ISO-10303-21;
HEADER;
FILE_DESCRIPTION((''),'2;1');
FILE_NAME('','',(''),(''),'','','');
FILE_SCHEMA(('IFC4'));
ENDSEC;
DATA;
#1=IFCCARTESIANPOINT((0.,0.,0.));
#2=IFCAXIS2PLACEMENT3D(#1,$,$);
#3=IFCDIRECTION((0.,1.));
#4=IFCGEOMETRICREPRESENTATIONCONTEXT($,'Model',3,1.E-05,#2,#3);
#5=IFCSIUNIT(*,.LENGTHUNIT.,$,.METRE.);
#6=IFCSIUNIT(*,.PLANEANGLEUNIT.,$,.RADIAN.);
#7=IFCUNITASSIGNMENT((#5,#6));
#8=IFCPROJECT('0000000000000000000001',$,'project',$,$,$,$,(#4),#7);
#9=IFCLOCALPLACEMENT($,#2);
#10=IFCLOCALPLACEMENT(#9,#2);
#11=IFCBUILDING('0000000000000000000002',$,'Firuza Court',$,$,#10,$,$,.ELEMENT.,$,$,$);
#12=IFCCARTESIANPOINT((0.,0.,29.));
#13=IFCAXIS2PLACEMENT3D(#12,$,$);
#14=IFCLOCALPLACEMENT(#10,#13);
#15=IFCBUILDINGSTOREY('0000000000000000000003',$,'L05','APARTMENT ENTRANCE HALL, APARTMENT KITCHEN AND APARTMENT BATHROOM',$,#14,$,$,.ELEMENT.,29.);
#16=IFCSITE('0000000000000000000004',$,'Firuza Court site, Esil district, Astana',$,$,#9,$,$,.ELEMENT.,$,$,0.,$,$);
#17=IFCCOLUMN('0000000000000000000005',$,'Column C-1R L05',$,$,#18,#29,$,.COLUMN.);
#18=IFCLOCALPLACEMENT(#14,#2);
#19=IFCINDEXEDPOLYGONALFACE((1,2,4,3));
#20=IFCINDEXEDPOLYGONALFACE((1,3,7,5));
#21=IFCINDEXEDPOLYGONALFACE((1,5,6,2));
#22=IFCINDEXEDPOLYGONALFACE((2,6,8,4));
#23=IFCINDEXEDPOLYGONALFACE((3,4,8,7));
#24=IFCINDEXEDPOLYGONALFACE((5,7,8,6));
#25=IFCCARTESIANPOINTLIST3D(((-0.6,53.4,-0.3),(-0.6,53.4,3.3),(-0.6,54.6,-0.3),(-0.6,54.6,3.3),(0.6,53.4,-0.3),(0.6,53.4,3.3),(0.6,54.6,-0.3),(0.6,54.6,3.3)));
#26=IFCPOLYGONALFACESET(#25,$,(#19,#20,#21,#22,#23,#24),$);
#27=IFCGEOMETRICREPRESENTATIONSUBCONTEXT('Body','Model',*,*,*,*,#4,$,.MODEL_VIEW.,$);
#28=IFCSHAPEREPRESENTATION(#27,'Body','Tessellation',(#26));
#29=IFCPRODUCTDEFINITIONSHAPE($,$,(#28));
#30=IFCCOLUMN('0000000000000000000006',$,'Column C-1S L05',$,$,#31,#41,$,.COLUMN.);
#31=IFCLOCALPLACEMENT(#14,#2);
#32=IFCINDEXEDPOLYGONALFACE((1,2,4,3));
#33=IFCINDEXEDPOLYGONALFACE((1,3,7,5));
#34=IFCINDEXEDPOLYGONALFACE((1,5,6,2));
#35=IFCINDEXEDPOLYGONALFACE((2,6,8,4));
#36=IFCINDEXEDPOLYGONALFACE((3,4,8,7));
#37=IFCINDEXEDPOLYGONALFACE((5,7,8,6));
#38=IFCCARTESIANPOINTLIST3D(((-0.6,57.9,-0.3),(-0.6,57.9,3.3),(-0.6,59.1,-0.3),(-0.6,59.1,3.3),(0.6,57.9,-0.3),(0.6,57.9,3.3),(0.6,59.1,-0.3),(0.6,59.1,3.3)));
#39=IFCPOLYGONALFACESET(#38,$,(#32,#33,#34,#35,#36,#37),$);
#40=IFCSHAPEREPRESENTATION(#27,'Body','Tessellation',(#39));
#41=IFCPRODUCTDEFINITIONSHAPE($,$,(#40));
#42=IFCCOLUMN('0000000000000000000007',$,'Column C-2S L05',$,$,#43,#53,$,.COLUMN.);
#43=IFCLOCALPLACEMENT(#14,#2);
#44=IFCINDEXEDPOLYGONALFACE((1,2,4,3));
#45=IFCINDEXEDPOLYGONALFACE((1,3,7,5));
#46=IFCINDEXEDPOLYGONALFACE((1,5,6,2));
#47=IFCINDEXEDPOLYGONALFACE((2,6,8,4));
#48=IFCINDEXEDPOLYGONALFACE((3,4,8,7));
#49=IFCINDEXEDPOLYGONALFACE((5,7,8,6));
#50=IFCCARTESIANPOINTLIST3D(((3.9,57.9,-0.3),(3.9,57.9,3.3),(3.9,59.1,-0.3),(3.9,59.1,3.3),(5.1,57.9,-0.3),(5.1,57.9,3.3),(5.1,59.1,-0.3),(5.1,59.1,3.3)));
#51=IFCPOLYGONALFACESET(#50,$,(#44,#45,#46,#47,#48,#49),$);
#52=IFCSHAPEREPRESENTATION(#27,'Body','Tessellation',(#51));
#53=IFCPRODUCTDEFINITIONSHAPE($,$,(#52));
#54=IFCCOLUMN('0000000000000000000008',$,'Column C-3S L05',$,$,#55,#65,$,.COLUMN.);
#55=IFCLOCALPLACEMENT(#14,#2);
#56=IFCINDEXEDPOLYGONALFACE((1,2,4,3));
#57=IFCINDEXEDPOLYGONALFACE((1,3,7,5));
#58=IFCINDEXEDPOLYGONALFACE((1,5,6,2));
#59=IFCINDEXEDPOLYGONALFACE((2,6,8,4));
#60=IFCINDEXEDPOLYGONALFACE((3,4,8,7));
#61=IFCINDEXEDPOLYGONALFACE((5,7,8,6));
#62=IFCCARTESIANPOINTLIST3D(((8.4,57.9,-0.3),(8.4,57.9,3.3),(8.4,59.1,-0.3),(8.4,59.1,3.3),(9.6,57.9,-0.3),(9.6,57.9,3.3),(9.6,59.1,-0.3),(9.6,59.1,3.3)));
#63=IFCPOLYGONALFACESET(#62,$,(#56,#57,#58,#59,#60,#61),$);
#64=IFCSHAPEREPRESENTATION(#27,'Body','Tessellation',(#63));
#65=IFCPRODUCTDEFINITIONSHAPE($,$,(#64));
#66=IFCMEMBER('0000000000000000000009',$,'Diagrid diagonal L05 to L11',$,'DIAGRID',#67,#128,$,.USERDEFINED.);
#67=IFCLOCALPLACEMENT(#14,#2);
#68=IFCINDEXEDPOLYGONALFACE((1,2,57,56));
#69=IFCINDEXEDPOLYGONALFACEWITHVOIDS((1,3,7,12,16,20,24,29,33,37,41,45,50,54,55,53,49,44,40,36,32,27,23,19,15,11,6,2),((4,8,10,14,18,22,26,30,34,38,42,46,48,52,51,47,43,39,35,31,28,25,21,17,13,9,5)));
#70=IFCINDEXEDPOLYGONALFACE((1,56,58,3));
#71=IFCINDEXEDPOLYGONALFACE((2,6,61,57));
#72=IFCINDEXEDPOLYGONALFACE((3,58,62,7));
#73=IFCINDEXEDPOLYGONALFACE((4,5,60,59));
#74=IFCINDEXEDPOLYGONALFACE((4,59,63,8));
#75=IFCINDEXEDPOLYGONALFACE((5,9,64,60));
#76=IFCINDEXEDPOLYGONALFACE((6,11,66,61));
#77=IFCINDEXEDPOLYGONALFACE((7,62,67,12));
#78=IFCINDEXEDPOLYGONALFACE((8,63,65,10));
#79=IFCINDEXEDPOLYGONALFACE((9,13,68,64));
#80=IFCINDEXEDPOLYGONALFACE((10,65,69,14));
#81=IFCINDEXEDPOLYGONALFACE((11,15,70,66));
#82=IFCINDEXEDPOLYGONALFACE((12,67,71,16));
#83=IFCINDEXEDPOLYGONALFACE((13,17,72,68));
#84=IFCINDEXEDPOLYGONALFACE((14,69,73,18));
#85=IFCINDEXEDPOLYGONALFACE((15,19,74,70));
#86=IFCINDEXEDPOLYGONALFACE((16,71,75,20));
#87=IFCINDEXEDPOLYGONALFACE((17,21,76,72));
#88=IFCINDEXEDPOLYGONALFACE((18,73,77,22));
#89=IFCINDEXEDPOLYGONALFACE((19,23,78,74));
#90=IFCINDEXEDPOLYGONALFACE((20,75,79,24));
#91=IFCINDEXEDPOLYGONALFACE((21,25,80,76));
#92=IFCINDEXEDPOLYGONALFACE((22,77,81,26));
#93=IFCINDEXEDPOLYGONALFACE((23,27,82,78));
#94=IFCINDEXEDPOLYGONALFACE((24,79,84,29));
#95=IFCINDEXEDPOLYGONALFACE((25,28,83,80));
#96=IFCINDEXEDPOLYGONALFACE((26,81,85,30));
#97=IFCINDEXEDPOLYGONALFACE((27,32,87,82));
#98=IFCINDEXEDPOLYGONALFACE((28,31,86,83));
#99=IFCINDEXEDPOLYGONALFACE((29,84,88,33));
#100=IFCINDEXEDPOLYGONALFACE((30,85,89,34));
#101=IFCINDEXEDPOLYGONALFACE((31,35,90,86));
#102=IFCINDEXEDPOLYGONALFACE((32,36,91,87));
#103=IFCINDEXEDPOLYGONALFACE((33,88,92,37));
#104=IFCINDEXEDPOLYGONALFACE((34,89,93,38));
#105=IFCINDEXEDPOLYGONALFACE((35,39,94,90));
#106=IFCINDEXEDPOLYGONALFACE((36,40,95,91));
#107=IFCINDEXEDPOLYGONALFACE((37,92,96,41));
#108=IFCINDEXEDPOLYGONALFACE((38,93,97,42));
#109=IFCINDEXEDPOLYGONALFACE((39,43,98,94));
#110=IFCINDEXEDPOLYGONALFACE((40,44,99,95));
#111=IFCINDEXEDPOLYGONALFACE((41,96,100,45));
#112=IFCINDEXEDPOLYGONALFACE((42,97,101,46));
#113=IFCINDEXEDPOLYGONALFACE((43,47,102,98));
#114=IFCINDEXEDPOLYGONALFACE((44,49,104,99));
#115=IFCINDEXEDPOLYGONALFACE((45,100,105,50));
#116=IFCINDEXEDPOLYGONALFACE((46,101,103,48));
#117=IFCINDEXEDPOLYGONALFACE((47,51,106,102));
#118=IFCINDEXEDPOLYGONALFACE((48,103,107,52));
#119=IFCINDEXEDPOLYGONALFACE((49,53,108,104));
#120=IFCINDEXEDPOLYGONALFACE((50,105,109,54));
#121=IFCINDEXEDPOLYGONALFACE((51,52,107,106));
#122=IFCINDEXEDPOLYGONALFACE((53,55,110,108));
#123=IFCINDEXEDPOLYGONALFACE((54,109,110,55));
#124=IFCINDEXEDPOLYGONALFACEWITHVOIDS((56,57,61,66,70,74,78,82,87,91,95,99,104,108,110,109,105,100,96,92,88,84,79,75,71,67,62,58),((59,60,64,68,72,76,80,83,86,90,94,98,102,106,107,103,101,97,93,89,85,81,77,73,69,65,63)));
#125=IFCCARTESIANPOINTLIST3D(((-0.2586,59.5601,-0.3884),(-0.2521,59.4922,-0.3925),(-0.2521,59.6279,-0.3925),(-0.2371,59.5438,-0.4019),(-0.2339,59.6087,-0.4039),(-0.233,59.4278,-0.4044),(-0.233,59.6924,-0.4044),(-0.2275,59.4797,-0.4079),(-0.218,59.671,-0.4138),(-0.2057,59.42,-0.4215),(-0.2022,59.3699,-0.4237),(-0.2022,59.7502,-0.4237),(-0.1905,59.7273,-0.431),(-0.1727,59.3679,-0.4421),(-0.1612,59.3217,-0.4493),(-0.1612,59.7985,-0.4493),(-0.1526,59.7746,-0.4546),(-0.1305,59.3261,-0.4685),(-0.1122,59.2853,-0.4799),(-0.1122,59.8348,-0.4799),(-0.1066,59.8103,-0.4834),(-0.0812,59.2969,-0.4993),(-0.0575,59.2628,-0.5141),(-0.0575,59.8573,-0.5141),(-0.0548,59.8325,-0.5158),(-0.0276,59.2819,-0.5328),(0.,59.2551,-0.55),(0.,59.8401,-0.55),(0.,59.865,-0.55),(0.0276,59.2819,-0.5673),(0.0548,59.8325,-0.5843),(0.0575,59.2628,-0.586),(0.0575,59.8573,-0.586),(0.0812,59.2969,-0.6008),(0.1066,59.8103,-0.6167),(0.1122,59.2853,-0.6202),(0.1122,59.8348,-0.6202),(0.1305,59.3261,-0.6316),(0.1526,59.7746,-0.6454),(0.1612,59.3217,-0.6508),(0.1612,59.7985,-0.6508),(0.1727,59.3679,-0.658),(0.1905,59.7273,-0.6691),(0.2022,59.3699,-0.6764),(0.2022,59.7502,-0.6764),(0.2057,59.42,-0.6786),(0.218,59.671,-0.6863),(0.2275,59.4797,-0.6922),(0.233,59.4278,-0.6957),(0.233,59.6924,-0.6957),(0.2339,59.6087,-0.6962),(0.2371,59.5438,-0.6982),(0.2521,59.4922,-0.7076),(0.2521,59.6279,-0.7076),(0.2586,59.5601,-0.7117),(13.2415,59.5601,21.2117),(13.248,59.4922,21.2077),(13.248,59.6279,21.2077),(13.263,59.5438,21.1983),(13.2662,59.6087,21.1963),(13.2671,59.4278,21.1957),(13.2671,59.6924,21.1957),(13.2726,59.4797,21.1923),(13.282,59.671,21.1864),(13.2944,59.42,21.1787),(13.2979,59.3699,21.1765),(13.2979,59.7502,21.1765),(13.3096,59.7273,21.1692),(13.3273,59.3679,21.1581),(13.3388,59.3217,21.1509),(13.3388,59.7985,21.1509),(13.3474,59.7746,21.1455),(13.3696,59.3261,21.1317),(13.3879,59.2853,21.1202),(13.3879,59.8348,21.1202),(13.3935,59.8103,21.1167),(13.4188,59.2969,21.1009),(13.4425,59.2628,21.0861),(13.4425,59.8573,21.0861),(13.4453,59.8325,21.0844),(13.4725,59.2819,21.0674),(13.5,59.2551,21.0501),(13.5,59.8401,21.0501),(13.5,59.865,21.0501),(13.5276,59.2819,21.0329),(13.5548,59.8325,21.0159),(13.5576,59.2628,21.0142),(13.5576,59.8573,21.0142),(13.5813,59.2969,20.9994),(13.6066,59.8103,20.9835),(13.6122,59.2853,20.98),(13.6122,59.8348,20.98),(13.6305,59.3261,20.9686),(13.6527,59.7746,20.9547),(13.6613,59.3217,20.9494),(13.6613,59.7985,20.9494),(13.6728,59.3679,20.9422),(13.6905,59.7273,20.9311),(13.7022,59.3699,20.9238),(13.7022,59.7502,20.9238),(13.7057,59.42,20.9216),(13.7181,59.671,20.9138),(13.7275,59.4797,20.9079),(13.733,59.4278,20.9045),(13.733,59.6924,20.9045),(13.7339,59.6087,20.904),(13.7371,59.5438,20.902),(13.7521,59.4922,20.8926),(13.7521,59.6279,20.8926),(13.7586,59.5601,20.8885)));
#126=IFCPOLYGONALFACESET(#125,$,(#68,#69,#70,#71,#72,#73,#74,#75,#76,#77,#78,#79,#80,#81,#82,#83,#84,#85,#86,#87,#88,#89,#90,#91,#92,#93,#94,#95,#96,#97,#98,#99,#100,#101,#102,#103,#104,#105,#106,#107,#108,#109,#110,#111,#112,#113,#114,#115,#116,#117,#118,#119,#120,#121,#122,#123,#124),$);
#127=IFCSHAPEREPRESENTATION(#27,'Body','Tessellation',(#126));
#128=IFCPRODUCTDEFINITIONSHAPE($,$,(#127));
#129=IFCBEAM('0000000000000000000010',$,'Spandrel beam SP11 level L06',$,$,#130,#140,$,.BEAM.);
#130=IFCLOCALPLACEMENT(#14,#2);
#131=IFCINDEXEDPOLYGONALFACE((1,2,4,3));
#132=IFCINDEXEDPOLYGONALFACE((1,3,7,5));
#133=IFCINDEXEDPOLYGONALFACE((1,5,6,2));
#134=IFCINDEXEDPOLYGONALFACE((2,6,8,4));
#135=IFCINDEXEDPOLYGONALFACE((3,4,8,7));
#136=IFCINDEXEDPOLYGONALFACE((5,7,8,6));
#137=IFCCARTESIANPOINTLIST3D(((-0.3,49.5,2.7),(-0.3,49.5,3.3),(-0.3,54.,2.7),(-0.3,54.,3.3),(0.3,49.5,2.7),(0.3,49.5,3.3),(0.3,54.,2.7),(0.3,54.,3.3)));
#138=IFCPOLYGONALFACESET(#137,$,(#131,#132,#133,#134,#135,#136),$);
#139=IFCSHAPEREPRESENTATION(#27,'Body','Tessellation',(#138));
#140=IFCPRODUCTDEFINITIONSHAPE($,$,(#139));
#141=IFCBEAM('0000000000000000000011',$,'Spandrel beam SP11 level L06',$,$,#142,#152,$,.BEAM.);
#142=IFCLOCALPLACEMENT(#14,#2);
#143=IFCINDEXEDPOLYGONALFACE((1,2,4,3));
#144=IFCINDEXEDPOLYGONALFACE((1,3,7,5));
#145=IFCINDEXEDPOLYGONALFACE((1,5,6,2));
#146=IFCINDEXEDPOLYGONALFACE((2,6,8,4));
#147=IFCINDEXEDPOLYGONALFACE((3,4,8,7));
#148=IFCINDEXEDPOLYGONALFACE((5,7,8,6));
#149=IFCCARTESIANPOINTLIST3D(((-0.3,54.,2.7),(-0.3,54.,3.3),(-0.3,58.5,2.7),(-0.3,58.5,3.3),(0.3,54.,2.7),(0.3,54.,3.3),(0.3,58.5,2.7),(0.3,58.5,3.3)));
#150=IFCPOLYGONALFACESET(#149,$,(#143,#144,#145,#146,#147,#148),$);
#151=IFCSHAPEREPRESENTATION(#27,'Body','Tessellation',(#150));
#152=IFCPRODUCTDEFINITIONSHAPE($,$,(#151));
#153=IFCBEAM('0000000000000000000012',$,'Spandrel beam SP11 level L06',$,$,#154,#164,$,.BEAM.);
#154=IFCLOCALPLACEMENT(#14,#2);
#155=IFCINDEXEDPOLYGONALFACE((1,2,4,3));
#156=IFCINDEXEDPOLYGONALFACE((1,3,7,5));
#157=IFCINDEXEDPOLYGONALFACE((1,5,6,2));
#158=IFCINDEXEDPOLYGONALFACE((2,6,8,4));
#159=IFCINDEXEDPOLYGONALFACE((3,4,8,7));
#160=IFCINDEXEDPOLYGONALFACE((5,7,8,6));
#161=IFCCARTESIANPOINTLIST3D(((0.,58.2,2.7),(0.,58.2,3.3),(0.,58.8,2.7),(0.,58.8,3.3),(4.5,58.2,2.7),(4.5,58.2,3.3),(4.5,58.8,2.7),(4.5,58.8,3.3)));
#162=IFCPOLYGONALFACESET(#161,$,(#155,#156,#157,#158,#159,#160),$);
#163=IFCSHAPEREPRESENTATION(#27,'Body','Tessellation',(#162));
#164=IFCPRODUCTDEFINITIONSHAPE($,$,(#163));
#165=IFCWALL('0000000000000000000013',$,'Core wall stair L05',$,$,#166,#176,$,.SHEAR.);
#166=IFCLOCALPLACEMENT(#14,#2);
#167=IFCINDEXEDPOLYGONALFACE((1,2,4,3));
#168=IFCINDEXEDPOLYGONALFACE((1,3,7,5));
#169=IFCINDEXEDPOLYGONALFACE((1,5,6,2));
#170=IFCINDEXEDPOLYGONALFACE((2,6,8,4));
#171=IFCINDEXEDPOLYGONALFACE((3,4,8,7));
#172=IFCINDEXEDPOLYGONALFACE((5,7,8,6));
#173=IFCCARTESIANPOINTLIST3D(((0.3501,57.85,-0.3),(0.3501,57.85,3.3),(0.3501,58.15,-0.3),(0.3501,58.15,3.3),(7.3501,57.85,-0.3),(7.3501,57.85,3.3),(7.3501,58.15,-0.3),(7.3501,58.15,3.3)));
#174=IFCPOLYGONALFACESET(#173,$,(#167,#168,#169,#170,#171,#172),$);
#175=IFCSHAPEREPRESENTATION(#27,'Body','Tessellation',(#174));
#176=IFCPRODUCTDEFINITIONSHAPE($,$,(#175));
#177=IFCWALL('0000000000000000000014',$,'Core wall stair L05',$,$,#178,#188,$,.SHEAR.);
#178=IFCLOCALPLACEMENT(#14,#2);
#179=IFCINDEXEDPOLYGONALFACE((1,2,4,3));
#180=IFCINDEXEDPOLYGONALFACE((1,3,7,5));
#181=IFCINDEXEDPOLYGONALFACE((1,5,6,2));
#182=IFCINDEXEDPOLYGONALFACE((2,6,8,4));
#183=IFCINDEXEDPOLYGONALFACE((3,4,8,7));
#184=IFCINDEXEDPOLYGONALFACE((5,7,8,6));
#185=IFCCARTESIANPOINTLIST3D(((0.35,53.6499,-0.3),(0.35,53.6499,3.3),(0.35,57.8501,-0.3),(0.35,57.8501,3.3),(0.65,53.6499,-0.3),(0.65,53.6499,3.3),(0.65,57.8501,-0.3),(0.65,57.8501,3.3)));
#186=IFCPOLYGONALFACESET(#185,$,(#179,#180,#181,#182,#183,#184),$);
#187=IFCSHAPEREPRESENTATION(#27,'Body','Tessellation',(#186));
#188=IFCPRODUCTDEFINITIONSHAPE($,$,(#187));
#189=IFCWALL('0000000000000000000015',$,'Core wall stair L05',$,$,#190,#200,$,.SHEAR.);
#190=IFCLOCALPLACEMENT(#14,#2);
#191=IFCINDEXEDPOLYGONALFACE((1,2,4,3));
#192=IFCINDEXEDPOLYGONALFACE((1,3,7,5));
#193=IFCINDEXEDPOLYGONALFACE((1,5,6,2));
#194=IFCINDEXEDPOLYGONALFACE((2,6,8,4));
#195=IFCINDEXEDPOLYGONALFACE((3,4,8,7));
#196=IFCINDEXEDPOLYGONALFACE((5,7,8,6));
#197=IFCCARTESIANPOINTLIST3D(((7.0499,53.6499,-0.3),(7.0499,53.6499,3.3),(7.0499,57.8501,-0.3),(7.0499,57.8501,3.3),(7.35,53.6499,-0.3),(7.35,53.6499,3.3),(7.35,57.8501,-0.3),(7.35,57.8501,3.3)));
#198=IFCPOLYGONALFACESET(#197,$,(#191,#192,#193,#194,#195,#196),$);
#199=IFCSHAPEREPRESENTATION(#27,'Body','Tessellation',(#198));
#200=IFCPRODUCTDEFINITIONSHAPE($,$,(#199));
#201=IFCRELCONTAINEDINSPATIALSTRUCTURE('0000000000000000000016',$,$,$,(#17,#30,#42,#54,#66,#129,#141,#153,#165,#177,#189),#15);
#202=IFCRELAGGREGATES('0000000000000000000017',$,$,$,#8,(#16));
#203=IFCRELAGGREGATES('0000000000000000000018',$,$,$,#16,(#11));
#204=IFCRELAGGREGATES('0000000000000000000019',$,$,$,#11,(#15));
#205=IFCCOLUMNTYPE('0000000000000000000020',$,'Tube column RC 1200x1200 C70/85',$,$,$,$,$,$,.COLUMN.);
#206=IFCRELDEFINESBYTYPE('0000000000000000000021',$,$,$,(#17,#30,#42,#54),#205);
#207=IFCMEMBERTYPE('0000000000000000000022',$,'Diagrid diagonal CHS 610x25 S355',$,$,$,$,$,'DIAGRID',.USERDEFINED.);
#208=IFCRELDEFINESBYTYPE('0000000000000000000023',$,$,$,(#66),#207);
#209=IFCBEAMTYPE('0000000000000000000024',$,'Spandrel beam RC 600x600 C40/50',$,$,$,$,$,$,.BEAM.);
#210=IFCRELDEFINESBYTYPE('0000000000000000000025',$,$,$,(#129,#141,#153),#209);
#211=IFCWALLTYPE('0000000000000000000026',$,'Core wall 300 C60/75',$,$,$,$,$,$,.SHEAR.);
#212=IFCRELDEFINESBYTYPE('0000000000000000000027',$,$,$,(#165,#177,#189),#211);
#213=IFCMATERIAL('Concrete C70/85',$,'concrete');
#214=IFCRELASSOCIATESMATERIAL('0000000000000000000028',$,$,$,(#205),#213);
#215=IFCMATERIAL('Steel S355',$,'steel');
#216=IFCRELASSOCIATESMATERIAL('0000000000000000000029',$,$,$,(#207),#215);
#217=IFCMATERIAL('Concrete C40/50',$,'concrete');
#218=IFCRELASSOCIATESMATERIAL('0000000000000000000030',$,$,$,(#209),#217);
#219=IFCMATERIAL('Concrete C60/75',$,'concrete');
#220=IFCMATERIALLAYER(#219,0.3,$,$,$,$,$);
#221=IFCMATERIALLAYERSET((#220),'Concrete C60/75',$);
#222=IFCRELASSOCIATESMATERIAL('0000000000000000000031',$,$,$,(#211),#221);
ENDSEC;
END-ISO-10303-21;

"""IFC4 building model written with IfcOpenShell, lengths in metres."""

from ifc_helpers import new_model, si_unit, direction, frame, frame_2d, origin, origin_2d, place, context, subcontext, project, spatial, rectangle, hollow_circle, extrude, material, layer, layer_set, material_profile, profile_set, type_object, element, save


model = new_model("IFC4")

# Units and contexts
model_context = context("Model", 3, precision=1e-05, world=origin(), true_north=direction((0.0, 1.0)))
body_context = subcontext(model_context, "Body", "Model", "MODEL_VIEW")
ifc_project = project(units=[si_unit("LENGTHUNIT", "METRE"), si_unit("PLANEANGLEUNIT", "RADIAN")], contexts=[model_context])

# Site, building, storey
site_placement = place(None, origin())
site = spatial("IfcSite", under=ifc_project, at=site_placement, Name="Firuza Court site, Esil district, Astana", CompositionType="ELEMENT", RefElevation=0.0)
building_placement = place(site_placement, origin())
building = spatial("IfcBuilding", under=site, at=building_placement, Name="Firuza Court", CompositionType="ELEMENT")
storey_placement = place(building_placement, frame((0.0, 0.0, 29.0)))
storey = spatial("IfcBuildingStorey", under=building, at=storey_placement, Name="L05", Description="APARTMENT ENTRANCE HALL, APARTMENT KITCHEN AND APARTMENT BATHROOM", CompositionType="ELEMENT", Elevation=29.0)

# Columns
ifc_material_1 = material(Name="Concrete C70/85", Category="concrete")
ifc_material_profile_1 = material_profile(ifc_material_1, rectangle(XDim=1.2, YDim=1.2, at=origin_2d()), Name="RC 1200x1200")
ifc_profile_set_1 = profile_set([ifc_material_profile_1], Name="Concrete C70/85")
column_type = type_object("IfcColumnType", Name="Tube column RC 1200x1200 C70/85", PredefinedType="COLUMN", material=ifc_profile_set_1)
for number, where, z_axis, x_axis, name in (
    (1, (0.0, 54.0, -0.3), (0.0, 0.0, 1.0), (1.0, 0.0, 0.0), "Column C-1R L05"),
    (2, (0.0, 58.5, -0.3), (0.0, 0.0, 1.0), (1.0, 0.0, 0.0), "Column C-1S L05"),
    (3, (4.5, 58.5, -0.3), (0.0, 0.0, 1.0), (1.0, 0.0, 0.0), "Column C-2S L05"),
    (4, (9.0, 58.5, -0.3), (0.0, 0.0, 1.0), (1.0, 0.0, 0.0), "Column C-3S L05"),
):
    element("IfcColumn", number, at=place(storey_placement, frame(where, z_axis=z_axis, x_axis=x_axis)), inside=storey, type_object=column_type, Name=name, PredefinedType="COLUMN", context=body_context, shape_type="SweptSolid", body=[
        extrude(rectangle(XDim=1.2, YDim=1.2, at=origin_2d()), origin(), (0.0, 0.0, 1.0), 3.6001),
    ])

# Member
ifc_material_2 = material(Name="Steel S355", Category="steel")
ifc_material_profile_2 = material_profile(ifc_material_2, hollow_circle(Radius=0.3049, WallThickness=0.0249, at=origin_2d()), Name="CHS 610x25")
ifc_profile_set_2 = profile_set([ifc_material_profile_2], Name="Steel S355")
member_type = type_object("IfcMemberType", Name="Diagrid diagonal CHS 610x25 S355", ElementType="DIAGRID", PredefinedType="USERDEFINED", material=ifc_profile_set_2)
member_placement = place(storey_placement, frame((0.0, 59.5601, -0.55), z_axis=(0.529997, 0.0, 0.847999), x_axis=(0.0, 1.0, 0.0)))
element("IfcMember", 5, at=member_placement, inside=storey, type_object=member_type, Name="Diagrid diagonal L05 to L11", ObjectType="DIAGRID", PredefinedType="USERDEFINED", context=body_context, shape_type="SweptSolid", body=[
    extrude(hollow_circle(Radius=0.3049, WallThickness=0.0249, at=origin_2d()), origin(), (0.0, 0.0, 1.0), 25.4719),
])

# Beams
ifc_material_3 = material(Name="Concrete C40/50", Category="concrete")
ifc_material_profile_3 = material_profile(ifc_material_3, rectangle(XDim=0.6001, YDim=0.6001, at=origin_2d()), Name="RC 600x600")
ifc_profile_set_3 = profile_set([ifc_material_profile_3], Name="Concrete C40/50")
beam_type = type_object("IfcBeamType", Name="Spandrel beam RC 600x600 C40/50", PredefinedType="BEAM", material=ifc_profile_set_3)
for number, where, z_axis, x_axis, name in (
    (6, (0.0, 54.0, 3.0), (0.0, -1.0, 0.0), (1.0, 0.0, 0.0), "Spandrel beam SP11 level L06"),
    (7, (0.0, 58.5, 3.0), (0.0, -1.0, 0.0), (1.0, 0.0, 0.0), "Spandrel beam SP11 level L06"),
    (8, (4.5, 58.5, 3.0), (-1.0, 0.0, 0.0), (0.0, -1.0, 0.0), "Spandrel beam SP11 level L06"),
):
    element("IfcBeam", number, at=place(storey_placement, frame(where, z_axis=z_axis, x_axis=x_axis)), inside=storey, type_object=beam_type, Name=name, PredefinedType="BEAM", context=body_context, shape_type="SweptSolid", body=[
        extrude(rectangle(XDim=0.6001, YDim=0.6001, at=origin_2d()), origin(), (0.0, 0.0, 1.0), 4.5),
    ])

# Walls
ifc_material_4 = material(Name="Concrete C60/75", Category="concrete")
ifc_layer_1 = layer(ifc_material_4, 0.3)
ifc_layer_set_1 = layer_set([ifc_layer_1], Name="Concrete C60/75")
wall_type_1 = type_object("IfcWallType", Name="Core wall 300 C60/75", PredefinedType="SHEAR", material=ifc_layer_set_1)
wall_1_placement = place(storey_placement, frame((0.3501, 58.0, -0.3), z_axis=(0.0, 0.0, 1.0), x_axis=(1.0, 0.0, 0.0)))
element("IfcWall", 9, at=wall_1_placement, inside=storey, type_object=wall_type_1, Name="Core wall stair L05", PredefinedType="SHEAR", context=body_context, shape_type="SweptSolid", body=[
    extrude(rectangle(XDim=7.0, YDim=0.3, at=frame_2d((3.5, 0.0))), origin(), (0.0, 0.0, 1.0), 3.6001),
])
for number, where, z_axis, x_axis, name in (
    (10, (0.5, 53.6499, -0.3), (0.0, 0.0, 1.0), (0.0, 1.0, 0.0), "Core wall stair L05"),
    (11, (7.2, 53.6499, -0.3), (0.0, 0.0, 1.0), (0.0, 1.0, 0.0), "Core wall stair L05"),
):
    element("IfcWall", number, at=place(storey_placement, frame(where, z_axis=z_axis, x_axis=x_axis)), inside=storey, type_object=wall_type_1, Name=name, PredefinedType="SHEAR", context=body_context, shape_type="SweptSolid", body=[
        extrude(rectangle(XDim=4.2002, YDim=0.3, at=frame_2d((2.1001, 0.0))), origin(), (0.0, 0.0, 1.0), 3.6001),
    ])

save(model, "model.ifc")
